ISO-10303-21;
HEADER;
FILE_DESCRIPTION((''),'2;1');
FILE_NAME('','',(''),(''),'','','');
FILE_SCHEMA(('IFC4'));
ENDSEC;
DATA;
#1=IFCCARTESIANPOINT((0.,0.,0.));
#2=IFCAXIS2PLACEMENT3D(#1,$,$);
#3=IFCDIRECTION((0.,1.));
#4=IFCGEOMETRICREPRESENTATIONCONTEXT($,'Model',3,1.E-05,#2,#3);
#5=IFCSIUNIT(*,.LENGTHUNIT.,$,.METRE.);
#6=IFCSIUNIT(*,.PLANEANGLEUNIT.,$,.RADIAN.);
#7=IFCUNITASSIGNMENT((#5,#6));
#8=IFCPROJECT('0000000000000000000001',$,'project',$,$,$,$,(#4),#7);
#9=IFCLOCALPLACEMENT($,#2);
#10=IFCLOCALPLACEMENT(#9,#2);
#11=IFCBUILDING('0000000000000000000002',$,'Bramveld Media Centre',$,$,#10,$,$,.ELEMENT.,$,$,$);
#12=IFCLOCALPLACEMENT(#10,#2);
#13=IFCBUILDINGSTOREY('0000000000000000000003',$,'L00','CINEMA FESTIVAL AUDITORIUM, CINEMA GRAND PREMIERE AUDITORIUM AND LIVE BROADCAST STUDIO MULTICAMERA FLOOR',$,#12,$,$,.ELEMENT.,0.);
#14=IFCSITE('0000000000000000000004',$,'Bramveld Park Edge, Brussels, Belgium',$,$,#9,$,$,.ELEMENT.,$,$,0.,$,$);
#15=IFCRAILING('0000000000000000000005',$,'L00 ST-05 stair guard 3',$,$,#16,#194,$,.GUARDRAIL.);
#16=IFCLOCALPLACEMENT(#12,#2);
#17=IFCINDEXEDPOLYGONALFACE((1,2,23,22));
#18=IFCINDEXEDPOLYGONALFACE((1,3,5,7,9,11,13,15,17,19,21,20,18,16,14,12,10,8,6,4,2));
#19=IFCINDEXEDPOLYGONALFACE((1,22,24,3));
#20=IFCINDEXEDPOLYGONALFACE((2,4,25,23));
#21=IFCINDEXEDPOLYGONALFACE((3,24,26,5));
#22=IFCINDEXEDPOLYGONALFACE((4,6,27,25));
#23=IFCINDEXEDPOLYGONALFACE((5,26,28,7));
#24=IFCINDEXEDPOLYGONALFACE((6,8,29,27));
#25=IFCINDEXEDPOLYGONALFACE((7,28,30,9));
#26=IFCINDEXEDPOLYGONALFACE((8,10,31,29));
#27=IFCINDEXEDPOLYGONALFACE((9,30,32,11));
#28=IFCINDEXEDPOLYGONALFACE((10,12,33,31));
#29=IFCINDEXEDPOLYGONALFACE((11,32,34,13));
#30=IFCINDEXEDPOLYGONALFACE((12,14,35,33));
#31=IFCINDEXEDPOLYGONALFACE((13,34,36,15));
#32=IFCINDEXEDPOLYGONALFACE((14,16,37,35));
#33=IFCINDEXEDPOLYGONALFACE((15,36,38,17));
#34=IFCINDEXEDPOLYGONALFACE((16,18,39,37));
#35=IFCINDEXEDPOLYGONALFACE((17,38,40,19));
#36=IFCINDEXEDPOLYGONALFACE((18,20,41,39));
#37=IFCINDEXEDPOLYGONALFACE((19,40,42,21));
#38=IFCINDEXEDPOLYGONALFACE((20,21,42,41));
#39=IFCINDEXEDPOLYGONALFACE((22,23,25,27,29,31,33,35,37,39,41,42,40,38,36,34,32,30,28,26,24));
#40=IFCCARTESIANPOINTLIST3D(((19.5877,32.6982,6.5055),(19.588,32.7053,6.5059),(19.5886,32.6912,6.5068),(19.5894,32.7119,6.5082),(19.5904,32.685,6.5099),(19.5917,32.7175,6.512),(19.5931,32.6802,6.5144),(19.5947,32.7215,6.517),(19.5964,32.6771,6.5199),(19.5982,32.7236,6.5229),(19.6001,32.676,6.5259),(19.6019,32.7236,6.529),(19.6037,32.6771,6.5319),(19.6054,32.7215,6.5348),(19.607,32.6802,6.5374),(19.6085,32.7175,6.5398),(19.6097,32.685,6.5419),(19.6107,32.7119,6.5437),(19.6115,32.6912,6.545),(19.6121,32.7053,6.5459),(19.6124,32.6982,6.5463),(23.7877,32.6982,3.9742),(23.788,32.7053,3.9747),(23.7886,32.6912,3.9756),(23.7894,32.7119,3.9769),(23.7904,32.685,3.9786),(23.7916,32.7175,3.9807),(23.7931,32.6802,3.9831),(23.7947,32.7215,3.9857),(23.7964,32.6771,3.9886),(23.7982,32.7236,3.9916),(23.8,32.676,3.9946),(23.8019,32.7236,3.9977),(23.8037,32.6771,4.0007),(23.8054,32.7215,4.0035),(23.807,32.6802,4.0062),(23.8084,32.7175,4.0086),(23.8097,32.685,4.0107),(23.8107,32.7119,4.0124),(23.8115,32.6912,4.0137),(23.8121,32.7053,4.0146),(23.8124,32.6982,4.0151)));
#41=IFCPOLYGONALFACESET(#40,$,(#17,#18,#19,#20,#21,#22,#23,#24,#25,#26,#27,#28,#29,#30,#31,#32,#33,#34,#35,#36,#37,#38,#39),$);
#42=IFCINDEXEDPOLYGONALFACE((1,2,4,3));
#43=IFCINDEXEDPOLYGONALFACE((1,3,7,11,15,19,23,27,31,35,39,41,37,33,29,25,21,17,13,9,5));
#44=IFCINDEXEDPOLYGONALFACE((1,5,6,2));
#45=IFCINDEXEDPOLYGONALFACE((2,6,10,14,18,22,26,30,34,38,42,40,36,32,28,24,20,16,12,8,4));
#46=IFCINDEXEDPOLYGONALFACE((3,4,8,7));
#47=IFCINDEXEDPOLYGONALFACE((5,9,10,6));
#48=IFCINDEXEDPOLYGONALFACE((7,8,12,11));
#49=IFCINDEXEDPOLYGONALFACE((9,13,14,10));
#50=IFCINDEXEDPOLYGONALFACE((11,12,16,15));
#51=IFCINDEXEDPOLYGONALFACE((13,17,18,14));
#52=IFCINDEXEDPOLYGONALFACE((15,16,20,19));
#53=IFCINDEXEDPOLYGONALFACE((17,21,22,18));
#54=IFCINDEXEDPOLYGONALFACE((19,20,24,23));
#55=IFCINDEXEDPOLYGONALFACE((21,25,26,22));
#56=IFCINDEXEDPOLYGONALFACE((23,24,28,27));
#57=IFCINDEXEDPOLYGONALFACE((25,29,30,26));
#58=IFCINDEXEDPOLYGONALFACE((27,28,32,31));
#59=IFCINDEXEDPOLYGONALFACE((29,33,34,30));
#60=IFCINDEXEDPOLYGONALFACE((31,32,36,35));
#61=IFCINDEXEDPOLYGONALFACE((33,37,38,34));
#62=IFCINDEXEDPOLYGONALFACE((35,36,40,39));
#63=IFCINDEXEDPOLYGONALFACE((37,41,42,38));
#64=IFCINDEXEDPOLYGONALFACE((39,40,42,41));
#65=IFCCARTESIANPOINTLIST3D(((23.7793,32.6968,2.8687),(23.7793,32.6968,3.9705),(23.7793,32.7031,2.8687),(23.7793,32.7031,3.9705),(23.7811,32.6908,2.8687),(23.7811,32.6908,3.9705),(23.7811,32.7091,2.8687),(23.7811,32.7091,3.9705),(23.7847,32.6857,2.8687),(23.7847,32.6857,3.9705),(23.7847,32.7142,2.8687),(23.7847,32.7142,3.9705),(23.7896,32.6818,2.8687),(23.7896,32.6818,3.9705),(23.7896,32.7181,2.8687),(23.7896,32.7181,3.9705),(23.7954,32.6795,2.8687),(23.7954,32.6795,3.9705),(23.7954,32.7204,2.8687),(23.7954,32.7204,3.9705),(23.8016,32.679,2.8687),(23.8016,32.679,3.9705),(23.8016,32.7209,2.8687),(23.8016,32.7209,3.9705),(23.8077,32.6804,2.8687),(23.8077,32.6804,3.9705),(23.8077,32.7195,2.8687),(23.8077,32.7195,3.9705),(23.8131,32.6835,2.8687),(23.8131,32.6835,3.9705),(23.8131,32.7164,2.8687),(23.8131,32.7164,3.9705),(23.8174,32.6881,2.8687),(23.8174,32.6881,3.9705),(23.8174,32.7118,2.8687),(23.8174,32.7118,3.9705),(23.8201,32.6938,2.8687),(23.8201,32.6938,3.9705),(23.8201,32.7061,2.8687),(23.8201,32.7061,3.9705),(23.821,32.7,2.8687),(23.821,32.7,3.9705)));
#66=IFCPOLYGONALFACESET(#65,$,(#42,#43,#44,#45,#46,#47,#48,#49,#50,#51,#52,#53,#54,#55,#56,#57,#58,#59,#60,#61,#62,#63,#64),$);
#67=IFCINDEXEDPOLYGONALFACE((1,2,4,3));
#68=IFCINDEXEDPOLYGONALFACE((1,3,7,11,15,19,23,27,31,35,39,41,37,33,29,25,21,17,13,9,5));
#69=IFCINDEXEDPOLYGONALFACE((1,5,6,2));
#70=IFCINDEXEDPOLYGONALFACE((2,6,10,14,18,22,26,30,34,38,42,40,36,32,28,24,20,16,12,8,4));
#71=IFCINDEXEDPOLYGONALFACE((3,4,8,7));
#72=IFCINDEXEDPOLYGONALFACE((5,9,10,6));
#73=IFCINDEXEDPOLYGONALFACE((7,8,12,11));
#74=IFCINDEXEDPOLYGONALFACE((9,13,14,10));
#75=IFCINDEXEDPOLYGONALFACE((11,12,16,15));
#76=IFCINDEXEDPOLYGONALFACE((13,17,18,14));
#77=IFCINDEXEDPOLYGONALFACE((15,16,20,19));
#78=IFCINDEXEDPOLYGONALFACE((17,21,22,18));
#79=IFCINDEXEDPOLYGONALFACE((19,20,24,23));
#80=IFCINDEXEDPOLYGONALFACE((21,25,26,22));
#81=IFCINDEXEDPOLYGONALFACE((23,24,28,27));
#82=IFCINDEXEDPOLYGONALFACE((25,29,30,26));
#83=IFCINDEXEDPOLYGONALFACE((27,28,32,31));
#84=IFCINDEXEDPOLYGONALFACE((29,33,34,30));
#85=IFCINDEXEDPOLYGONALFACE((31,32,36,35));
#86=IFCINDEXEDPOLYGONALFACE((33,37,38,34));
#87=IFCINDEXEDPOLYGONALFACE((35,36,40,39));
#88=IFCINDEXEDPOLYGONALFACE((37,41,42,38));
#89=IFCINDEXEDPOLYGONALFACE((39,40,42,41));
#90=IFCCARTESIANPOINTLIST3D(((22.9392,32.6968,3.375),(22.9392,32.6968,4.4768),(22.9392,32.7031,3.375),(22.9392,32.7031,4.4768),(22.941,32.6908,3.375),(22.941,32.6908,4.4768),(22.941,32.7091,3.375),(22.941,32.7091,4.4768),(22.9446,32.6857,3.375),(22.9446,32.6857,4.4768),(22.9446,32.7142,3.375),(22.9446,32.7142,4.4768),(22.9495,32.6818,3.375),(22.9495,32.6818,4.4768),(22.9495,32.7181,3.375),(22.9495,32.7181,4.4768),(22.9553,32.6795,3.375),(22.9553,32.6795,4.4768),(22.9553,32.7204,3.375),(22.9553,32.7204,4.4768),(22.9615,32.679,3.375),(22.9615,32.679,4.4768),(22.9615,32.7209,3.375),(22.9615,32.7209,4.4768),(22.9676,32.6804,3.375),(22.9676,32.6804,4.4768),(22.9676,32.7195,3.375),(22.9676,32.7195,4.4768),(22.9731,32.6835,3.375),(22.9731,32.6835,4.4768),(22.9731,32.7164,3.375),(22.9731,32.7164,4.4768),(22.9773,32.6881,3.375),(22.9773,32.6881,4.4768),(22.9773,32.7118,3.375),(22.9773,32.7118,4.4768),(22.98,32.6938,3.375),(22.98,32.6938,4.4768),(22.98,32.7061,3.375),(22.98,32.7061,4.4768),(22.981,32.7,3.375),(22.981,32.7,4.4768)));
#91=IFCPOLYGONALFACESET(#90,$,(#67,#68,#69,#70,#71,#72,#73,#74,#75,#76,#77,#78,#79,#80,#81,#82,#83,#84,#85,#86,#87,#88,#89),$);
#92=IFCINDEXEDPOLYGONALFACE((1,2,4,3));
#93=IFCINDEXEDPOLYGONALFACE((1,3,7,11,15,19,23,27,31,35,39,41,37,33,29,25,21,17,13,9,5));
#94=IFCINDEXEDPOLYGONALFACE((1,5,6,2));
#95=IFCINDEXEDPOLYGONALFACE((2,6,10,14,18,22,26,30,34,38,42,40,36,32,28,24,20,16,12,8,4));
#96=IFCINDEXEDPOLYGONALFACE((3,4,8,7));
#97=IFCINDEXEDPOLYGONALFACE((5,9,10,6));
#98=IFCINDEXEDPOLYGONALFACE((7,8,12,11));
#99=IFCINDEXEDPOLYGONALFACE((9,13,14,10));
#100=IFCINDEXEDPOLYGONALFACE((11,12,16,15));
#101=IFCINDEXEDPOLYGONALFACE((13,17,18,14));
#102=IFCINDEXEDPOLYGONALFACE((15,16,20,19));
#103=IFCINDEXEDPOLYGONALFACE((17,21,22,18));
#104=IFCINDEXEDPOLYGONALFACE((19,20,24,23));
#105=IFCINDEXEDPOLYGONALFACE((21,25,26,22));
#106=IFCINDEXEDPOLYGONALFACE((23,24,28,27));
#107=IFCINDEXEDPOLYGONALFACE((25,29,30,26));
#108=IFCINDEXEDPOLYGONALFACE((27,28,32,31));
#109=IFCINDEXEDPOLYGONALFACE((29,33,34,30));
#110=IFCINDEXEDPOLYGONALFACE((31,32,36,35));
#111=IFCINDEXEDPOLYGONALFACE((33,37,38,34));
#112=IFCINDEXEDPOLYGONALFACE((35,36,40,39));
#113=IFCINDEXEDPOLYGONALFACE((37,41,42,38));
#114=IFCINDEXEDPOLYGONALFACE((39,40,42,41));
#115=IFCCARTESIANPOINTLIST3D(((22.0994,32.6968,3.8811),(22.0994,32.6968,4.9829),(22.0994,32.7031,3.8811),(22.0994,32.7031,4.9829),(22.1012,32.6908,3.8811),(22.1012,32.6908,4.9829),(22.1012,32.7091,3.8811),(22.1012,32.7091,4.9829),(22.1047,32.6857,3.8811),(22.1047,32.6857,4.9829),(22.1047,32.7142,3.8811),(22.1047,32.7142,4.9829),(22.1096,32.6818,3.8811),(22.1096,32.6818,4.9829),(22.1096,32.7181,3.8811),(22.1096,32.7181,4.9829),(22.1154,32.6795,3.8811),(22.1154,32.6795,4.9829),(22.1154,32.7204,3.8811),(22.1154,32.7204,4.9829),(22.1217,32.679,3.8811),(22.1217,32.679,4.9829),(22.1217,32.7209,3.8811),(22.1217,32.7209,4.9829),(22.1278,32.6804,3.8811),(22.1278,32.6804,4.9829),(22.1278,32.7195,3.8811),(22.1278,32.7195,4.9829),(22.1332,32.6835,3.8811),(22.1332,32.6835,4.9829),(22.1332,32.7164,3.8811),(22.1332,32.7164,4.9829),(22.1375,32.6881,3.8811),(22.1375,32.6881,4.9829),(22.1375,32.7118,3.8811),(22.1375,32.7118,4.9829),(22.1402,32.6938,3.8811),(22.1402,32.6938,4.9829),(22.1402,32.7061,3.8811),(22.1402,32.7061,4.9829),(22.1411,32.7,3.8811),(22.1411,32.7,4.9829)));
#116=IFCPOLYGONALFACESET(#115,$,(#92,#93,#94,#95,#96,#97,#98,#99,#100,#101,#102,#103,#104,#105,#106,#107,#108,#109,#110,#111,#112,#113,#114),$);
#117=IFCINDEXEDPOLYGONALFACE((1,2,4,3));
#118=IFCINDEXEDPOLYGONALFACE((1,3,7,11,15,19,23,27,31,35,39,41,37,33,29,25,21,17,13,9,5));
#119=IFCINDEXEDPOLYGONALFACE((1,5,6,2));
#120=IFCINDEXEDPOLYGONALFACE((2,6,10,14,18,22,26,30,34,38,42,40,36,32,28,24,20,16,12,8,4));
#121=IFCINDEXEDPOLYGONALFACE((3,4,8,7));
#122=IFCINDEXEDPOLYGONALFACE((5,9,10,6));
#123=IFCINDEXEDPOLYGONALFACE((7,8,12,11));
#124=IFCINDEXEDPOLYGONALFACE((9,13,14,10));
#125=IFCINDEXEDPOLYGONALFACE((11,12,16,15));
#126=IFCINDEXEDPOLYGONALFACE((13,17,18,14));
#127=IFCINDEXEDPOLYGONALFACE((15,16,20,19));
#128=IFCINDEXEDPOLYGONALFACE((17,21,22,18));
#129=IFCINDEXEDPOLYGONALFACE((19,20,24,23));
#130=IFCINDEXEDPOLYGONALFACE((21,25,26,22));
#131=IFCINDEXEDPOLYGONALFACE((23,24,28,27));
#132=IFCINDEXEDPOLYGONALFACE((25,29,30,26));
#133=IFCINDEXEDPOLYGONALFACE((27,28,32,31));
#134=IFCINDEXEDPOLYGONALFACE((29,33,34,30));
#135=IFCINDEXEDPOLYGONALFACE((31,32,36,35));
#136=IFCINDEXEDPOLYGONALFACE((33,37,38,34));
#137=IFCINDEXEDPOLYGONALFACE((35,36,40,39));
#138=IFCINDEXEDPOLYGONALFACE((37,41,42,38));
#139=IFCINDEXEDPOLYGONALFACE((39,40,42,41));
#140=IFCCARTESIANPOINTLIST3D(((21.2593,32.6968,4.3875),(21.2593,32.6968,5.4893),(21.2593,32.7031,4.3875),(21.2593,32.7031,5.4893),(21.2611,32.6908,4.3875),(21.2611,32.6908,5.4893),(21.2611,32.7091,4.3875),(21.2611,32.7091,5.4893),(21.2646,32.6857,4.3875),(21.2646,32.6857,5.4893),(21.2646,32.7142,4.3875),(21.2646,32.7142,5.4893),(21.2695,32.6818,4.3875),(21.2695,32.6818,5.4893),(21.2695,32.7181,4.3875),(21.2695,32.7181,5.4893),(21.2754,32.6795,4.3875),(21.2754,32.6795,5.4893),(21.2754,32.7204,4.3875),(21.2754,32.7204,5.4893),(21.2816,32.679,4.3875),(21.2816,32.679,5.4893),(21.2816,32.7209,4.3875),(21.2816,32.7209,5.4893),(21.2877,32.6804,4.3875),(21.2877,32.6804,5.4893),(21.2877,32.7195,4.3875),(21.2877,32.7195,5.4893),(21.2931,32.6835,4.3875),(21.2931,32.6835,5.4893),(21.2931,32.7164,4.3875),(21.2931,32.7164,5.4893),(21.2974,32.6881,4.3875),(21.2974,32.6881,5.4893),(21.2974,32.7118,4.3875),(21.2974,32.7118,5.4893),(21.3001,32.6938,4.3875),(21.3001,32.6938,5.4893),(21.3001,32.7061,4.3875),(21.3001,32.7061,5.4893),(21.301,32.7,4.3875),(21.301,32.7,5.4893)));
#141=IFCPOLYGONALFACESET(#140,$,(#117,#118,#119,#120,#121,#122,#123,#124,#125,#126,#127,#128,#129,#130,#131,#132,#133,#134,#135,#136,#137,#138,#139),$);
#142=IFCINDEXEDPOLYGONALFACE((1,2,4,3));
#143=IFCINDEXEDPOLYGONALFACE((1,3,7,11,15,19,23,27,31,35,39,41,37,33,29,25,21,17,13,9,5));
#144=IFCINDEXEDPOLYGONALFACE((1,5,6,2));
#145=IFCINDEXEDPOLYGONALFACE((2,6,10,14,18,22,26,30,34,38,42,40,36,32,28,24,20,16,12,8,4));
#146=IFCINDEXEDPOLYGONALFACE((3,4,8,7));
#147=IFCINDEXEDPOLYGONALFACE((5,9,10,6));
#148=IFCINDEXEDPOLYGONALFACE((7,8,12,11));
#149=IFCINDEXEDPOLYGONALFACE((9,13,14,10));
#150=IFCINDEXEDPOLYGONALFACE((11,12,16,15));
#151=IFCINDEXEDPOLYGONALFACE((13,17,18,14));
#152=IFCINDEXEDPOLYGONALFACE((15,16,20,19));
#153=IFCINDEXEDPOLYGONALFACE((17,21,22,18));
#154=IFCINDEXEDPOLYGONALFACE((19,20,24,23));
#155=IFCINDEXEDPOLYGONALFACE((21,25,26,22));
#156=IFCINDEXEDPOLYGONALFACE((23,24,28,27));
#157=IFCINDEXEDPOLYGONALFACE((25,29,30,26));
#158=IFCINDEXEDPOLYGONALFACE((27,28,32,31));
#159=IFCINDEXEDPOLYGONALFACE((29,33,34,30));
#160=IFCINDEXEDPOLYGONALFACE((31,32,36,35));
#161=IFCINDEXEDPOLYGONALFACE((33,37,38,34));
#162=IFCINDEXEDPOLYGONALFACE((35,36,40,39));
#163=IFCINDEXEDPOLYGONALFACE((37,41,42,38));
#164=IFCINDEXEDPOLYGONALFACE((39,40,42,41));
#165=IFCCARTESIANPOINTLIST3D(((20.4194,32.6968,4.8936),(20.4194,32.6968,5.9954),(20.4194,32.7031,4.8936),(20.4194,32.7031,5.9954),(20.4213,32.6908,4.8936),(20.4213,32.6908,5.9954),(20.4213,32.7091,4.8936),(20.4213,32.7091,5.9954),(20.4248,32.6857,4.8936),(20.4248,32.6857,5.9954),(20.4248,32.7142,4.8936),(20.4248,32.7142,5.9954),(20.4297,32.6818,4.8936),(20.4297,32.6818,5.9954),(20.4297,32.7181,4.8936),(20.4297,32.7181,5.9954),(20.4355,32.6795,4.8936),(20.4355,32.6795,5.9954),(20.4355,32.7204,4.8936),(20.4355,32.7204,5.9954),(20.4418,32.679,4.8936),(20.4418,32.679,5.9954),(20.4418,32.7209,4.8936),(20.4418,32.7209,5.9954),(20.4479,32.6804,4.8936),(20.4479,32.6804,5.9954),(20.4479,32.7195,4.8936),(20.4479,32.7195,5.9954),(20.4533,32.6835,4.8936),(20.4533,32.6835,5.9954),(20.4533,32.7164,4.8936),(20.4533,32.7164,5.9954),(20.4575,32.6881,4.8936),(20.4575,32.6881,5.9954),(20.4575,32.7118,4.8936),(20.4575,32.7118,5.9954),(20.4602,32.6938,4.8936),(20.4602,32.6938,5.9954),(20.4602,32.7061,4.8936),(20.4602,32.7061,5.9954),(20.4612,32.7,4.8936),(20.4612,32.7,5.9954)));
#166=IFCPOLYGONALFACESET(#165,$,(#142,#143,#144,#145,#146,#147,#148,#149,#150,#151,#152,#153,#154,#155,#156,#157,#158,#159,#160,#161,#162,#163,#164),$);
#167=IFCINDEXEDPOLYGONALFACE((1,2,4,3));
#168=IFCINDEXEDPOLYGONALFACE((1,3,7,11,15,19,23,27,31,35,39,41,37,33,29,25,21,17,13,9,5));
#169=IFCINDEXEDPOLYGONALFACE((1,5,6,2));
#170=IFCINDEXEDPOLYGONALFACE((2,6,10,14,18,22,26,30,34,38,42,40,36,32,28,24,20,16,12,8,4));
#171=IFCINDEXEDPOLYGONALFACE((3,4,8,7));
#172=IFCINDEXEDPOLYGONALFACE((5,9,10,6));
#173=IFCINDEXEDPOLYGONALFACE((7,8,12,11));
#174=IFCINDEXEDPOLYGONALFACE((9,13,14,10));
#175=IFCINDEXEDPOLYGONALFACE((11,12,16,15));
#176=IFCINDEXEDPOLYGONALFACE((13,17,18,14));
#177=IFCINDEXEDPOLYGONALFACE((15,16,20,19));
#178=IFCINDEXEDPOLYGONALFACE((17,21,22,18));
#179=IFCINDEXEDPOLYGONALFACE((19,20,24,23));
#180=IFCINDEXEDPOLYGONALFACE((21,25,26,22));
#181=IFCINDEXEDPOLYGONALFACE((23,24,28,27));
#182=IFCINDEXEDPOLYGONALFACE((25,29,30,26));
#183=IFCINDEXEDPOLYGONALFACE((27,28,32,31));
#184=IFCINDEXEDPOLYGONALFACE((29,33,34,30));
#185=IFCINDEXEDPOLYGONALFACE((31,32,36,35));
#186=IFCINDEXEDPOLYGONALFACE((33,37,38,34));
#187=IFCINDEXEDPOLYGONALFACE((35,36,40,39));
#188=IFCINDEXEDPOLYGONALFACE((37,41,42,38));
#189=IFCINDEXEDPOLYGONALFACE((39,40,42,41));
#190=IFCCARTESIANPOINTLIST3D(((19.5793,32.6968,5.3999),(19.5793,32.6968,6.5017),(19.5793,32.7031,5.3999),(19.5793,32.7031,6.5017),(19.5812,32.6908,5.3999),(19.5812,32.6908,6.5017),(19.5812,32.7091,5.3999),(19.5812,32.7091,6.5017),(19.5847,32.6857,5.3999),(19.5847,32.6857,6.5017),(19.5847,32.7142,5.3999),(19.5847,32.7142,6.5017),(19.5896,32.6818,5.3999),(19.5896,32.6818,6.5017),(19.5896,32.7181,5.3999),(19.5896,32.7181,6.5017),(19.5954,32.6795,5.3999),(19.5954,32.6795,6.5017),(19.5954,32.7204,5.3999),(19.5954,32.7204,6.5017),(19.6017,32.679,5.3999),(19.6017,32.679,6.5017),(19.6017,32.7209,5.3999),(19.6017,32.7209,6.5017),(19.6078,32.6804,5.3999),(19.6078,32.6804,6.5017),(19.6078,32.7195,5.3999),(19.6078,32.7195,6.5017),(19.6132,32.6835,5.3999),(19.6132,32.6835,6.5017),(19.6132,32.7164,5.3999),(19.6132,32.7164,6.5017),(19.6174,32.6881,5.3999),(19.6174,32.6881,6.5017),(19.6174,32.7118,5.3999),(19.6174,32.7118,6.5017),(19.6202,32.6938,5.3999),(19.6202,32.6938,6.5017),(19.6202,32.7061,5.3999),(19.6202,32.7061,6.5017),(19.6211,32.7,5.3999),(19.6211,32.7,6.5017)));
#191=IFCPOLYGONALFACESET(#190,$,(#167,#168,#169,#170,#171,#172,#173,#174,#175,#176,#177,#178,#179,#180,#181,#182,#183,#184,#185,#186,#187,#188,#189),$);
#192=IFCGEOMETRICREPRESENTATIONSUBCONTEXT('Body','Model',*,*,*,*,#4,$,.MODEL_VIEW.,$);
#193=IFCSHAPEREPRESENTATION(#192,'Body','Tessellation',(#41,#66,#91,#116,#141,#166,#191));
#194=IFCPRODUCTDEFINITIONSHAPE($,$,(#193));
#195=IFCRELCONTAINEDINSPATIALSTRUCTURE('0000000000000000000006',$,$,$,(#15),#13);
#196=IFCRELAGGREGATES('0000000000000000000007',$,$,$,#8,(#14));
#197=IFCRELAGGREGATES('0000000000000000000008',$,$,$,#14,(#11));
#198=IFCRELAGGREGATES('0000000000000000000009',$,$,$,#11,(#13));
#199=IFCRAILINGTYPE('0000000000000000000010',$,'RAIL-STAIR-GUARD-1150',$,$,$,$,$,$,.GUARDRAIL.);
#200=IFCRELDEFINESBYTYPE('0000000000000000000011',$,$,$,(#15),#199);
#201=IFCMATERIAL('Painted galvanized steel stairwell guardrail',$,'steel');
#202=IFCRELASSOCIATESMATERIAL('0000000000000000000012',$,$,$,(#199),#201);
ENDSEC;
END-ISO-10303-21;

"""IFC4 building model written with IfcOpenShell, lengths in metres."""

from ifc_helpers import new_model, si_unit, direction, frame, origin, origin_2d, place, context, subcontext, project, spatial, circle, extrude, material, type_object, element, save


model = new_model("IFC4")

# Units and contexts
model_context = context("Model", 3, precision=1e-05, world=origin(), true_north=direction((0.0, 1.0)))
body_context = subcontext(model_context, "Body", "Model", "MODEL_VIEW")
ifc_project = project(units=[si_unit("LENGTHUNIT", "METRE"), si_unit("PLANEANGLEUNIT", "RADIAN")], contexts=[model_context])

# Site, building, storey
site_placement = place(None, origin())
site = spatial("IfcSite", under=ifc_project, at=site_placement, Name="Bramveld Park Edge, Brussels, Belgium", CompositionType="ELEMENT", RefElevation=0.0)
building_placement = place(site_placement, origin())
building = spatial("IfcBuilding", under=site, at=building_placement, Name="Bramveld Media Centre", CompositionType="ELEMENT")
storey_placement = place(building_placement, origin())
storey = spatial("IfcBuildingStorey", under=building, at=storey_placement, Name="L00", Description="CINEMA FESTIVAL AUDITORIUM, CINEMA GRAND PREMIERE AUDITORIUM AND LIVE BROADCAST STUDIO MULTICAMERA FLOOR", CompositionType="ELEMENT", Elevation=0.0)

# Railing
ifc_material_1 = material(Name="Painted galvanized steel stairwell guardrail", Category="steel")
railing_type_1 = type_object("IfcRailingType", Name="RAIL-STAIR-GUARD-1150", PredefinedType="GUARDRAIL", material=ifc_material_1)
railing_1_placement = place(storey_placement, frame((23.8, 32.7, 2.8687)))
element("IfcRailing", 1, at=railing_1_placement, inside=storey, type_object=railing_type_1, Name="L00 ST-05 stair guard 3", PredefinedType="GUARDRAIL", context=body_context, shape_type="SweptSolid", body=[
    extrude(circle(Radius=0.0239, at=origin_2d()), frame((0.0, 0.0, 1.126), z_axis=(-0.856476, 0.0, 0.516186), x_axis=(0.0, -1.0, 0.0)), (0.0, 0.0, 1.0), 4.9038),
    extrude(circle(Radius=0.021, at=origin_2d()), origin(), (0.0, 0.0, 1.0), 1.1018),
    extrude(circle(Radius=0.021, at=origin_2d()), frame((-0.8401, 0.0, 0.5063)), (0.0, 0.0, 1.0), 1.1018),
    extrude(circle(Radius=0.021, at=origin_2d()), frame((-1.6799, 0.0, 1.0125)), (0.0, 0.0, 1.0), 1.1018),
    extrude(circle(Radius=0.021, at=origin_2d()), frame((-2.52, 0.0, 1.5188)), (0.0, 0.0, 1.0), 1.1018),
    extrude(circle(Radius=0.021, at=origin_2d()), frame((-3.3599, 0.0, 2.0249)), (0.0, 0.0, 1.0), 1.1018),
    extrude(circle(Radius=0.021, at=origin_2d()), frame((-4.2, 0.0, 2.5312)), (0.0, 0.0, 1.0), 1.1018),
])

save(model, "model.ifc")
